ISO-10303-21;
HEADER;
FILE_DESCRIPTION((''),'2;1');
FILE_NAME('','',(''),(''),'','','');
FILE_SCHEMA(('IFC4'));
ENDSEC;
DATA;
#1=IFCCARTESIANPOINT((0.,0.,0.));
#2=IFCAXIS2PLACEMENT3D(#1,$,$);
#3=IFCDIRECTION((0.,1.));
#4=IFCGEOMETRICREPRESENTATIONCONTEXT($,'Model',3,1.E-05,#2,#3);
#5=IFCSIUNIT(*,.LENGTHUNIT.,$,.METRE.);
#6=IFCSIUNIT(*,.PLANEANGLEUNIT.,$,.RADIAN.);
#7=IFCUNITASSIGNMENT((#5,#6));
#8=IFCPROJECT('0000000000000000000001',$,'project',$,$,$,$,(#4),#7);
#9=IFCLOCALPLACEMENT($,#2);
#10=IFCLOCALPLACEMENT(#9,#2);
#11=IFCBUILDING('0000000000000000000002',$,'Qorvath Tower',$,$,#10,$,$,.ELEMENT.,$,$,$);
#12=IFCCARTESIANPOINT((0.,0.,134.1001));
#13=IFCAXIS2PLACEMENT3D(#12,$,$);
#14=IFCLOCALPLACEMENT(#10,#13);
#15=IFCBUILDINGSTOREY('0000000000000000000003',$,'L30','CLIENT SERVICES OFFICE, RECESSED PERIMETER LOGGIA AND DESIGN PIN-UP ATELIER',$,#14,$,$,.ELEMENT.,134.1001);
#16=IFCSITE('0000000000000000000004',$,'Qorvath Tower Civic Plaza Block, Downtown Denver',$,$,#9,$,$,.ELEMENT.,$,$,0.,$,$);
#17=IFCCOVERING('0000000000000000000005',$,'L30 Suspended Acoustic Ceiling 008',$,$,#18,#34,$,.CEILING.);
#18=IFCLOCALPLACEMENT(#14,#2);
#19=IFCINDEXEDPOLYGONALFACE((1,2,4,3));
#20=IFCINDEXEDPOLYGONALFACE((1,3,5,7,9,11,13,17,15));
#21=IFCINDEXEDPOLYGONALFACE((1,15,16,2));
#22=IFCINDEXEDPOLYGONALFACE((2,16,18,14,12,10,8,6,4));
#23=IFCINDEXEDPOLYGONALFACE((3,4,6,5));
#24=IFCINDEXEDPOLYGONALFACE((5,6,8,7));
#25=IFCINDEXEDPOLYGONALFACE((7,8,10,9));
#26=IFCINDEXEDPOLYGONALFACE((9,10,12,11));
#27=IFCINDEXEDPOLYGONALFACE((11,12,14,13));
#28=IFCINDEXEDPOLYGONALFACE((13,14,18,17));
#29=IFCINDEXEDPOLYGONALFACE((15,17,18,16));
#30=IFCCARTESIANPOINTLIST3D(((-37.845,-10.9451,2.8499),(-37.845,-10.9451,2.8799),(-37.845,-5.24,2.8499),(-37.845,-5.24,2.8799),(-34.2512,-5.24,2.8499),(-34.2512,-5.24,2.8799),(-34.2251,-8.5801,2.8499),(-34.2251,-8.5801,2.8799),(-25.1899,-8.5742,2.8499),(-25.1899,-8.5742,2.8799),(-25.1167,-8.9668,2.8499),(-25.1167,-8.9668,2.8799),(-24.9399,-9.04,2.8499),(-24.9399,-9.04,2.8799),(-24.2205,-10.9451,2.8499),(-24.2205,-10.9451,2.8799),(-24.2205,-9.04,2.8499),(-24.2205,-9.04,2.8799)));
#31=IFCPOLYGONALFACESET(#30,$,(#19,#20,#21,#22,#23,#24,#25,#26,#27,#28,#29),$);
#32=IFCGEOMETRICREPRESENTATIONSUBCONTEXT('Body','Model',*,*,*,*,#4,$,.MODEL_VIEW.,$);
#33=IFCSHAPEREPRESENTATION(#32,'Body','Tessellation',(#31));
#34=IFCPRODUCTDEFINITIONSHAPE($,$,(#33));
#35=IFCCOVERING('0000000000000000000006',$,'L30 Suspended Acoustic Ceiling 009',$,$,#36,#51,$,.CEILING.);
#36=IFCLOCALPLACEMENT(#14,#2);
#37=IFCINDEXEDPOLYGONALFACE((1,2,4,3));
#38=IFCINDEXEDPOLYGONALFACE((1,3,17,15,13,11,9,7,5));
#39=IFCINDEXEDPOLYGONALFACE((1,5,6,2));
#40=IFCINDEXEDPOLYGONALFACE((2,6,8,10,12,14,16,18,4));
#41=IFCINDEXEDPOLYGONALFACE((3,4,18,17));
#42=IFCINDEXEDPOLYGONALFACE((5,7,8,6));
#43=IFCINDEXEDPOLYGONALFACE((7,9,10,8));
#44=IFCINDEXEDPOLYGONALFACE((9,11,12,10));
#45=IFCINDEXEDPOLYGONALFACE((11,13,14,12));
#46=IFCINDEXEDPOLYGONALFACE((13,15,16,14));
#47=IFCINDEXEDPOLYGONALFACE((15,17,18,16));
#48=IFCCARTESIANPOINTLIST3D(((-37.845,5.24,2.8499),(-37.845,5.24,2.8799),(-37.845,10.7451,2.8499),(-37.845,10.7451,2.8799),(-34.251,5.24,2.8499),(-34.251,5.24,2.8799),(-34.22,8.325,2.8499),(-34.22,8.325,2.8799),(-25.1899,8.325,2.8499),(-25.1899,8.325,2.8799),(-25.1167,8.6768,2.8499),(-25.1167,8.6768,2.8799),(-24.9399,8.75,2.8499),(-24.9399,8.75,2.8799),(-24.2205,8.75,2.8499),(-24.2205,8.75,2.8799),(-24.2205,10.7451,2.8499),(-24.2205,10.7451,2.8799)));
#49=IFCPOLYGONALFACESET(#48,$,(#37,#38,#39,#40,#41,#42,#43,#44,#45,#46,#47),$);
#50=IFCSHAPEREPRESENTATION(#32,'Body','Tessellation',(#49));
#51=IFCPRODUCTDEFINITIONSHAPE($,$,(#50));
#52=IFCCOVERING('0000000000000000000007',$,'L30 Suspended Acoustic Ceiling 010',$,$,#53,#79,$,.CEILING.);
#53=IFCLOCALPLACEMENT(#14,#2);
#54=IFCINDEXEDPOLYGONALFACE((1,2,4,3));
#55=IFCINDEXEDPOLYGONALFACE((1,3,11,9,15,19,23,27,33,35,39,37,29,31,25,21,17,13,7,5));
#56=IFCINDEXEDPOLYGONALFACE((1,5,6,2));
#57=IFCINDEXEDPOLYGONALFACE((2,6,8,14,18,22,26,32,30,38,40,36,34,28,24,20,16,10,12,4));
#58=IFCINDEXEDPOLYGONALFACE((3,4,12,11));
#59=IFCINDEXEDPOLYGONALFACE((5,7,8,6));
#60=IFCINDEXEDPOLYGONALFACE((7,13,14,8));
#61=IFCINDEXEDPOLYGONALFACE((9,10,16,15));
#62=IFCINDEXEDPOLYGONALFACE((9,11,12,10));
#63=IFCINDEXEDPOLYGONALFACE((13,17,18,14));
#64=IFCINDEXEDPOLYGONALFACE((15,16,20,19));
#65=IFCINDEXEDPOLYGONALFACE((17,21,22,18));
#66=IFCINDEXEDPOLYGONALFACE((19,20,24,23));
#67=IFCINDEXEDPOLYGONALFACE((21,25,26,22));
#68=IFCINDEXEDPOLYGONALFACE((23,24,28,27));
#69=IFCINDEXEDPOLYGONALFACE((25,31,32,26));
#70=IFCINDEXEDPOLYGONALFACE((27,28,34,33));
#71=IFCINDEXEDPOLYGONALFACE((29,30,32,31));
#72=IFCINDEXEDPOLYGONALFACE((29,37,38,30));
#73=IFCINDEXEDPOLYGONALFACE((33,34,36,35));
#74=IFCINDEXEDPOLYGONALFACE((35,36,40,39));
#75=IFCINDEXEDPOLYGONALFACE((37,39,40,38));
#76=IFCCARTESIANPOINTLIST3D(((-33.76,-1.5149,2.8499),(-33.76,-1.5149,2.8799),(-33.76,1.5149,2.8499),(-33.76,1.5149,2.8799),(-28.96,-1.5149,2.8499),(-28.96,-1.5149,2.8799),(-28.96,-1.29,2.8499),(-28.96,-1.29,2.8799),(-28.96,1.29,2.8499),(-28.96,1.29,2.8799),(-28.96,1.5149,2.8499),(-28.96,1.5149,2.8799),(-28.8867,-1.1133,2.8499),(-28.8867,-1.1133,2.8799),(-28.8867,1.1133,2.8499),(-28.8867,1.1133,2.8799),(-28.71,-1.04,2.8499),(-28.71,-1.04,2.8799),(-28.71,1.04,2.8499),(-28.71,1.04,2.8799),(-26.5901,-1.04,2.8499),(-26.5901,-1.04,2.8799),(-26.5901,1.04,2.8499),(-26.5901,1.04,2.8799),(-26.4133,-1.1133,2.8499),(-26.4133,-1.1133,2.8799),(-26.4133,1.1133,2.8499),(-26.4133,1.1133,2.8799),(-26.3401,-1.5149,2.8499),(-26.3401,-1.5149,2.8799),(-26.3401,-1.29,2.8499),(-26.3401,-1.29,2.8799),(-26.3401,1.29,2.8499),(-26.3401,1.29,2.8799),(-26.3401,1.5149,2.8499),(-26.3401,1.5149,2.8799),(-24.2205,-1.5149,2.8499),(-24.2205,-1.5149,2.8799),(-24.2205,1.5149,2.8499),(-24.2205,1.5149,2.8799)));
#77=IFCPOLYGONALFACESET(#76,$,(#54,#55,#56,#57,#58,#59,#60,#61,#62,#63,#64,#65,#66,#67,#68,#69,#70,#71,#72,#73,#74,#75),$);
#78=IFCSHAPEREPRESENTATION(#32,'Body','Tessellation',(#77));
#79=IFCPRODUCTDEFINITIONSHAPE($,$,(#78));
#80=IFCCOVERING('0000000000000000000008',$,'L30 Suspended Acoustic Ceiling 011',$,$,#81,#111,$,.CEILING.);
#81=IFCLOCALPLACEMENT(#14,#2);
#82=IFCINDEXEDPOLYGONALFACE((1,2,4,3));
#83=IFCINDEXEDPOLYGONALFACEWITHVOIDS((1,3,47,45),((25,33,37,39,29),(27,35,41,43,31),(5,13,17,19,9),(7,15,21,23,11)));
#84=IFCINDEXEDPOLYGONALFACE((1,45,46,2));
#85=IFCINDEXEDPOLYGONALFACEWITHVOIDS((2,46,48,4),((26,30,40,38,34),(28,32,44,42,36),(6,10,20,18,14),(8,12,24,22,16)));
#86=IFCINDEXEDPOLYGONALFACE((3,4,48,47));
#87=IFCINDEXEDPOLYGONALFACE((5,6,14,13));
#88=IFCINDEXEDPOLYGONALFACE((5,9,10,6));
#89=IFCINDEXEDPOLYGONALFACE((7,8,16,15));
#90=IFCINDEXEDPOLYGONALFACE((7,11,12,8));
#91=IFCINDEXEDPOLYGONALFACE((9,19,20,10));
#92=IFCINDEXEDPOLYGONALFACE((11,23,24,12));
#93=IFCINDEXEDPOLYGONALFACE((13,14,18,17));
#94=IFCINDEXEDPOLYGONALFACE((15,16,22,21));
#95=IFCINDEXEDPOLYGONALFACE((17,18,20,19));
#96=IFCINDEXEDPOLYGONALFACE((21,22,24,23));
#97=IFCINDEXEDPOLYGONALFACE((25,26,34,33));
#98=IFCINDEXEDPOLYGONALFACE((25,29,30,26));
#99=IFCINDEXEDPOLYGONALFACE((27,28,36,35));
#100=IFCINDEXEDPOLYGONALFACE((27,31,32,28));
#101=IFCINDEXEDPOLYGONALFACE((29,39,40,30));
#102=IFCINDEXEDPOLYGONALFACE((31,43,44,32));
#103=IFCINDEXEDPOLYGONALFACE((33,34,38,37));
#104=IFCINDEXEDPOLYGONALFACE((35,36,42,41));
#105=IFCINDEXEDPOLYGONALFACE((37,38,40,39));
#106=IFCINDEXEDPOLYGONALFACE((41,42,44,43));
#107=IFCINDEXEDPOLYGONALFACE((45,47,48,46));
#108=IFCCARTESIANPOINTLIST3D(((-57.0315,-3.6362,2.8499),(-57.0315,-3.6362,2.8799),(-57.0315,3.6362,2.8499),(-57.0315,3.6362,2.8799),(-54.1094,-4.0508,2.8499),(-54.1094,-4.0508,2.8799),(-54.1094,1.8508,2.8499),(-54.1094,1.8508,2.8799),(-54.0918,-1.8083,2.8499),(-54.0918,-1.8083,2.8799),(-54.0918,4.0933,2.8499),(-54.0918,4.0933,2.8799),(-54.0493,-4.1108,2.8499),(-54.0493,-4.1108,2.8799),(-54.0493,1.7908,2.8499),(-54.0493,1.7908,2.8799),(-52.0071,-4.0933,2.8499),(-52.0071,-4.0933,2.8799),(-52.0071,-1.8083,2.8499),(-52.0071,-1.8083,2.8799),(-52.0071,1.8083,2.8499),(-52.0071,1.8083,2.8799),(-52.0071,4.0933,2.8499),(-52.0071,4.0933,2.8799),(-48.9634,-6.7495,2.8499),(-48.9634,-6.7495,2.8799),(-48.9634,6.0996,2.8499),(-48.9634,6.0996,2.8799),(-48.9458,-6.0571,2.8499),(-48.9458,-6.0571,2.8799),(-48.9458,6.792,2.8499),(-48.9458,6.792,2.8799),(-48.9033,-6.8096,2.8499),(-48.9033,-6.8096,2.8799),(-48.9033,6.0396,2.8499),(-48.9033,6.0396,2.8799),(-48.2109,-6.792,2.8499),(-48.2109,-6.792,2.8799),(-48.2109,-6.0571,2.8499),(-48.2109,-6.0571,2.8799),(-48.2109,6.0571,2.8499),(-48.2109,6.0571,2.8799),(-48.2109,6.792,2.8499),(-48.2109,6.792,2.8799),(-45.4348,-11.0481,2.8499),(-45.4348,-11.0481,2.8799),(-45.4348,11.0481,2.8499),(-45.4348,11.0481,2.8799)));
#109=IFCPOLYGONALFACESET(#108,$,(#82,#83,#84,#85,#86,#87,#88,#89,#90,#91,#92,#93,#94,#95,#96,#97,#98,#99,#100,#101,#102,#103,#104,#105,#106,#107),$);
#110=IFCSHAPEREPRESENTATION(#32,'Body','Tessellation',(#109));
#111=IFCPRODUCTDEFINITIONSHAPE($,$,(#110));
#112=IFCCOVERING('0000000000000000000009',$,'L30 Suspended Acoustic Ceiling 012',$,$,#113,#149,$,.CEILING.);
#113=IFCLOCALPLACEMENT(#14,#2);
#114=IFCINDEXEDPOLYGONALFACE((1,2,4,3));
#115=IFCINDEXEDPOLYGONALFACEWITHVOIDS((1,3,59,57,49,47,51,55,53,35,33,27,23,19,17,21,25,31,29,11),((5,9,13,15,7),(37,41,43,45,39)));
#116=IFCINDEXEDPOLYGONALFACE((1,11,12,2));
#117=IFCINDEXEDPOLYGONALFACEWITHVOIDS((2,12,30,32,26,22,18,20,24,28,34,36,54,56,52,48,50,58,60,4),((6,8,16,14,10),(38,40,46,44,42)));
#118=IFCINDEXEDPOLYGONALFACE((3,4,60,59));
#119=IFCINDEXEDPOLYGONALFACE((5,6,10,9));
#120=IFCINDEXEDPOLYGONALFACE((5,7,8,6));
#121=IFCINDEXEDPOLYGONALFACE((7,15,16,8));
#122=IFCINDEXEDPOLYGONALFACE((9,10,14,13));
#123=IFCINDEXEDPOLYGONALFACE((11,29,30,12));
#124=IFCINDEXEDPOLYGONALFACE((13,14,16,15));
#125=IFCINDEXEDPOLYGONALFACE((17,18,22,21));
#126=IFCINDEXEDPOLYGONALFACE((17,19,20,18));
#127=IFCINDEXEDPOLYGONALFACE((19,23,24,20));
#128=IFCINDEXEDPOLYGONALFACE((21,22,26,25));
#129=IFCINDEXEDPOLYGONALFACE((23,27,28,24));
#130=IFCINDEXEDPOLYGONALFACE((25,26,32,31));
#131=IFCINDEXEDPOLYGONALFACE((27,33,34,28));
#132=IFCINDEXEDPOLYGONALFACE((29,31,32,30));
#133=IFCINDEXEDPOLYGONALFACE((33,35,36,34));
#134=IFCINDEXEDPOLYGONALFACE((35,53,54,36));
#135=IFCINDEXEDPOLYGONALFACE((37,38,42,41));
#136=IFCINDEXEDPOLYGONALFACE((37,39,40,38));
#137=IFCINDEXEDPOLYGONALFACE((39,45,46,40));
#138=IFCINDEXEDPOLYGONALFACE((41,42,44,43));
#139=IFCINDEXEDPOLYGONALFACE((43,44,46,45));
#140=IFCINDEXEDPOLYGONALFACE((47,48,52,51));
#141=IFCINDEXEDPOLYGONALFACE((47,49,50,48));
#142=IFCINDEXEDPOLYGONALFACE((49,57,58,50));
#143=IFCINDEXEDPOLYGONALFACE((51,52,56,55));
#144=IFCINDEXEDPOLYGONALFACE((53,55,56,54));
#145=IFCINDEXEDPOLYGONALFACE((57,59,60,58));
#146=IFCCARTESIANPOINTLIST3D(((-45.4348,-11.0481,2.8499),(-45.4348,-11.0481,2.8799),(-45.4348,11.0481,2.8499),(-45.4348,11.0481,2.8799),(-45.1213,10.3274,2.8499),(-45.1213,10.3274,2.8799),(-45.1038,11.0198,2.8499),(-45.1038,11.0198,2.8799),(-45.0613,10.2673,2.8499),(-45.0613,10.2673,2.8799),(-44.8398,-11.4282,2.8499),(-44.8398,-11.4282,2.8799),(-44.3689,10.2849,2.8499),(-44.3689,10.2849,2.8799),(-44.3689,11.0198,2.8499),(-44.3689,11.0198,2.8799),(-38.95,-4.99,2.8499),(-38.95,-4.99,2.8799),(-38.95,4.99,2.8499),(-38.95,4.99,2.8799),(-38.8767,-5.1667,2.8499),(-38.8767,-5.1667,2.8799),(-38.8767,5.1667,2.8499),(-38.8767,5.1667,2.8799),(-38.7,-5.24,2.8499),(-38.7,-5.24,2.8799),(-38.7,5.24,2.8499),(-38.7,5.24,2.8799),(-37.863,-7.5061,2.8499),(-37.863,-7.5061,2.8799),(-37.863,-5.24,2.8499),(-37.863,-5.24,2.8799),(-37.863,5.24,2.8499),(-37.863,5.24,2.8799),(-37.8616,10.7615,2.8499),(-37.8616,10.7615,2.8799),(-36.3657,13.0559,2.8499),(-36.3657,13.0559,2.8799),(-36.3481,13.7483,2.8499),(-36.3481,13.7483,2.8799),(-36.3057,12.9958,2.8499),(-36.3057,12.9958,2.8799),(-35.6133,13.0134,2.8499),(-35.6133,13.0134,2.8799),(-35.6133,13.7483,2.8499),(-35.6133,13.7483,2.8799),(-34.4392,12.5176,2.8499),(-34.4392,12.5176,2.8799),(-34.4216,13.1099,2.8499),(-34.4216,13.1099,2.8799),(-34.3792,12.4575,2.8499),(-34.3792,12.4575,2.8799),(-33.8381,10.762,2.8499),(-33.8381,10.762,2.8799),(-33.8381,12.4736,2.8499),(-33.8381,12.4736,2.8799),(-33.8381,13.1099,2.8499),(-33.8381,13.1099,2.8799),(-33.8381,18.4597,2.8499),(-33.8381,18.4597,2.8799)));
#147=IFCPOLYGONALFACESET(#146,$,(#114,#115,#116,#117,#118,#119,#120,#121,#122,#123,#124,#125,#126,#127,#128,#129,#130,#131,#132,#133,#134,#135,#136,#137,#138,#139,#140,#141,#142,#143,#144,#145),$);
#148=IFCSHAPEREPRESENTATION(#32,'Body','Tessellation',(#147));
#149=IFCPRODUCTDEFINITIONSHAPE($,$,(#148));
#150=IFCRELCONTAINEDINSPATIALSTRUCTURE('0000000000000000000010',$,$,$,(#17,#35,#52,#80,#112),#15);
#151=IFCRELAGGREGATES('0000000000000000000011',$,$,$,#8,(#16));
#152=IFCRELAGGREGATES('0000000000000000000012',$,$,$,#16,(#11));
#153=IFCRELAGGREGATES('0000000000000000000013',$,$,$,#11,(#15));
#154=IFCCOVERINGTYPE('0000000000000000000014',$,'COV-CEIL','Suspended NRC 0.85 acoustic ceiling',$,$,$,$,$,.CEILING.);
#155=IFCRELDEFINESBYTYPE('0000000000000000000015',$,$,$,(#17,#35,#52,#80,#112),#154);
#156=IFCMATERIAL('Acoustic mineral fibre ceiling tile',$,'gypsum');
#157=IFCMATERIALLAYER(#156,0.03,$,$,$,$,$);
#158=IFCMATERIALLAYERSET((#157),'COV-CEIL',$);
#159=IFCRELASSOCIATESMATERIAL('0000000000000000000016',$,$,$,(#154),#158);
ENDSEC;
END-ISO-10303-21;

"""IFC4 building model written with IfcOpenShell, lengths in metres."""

from ifc_helpers import new_model, si_unit, direction, frame, origin, place, context, subcontext, project, spatial, polyline, outline, extrude, material, layer, layer_set, type_object, element, save


model = new_model("IFC4")

# Units and contexts
model_context = context("Model", 3, precision=1e-05, world=origin(), true_north=direction((0.0, 1.0)))
body_context = subcontext(model_context, "Body", "Model", "MODEL_VIEW")
ifc_project = project(units=[si_unit("LENGTHUNIT", "METRE"), si_unit("PLANEANGLEUNIT", "RADIAN")], contexts=[model_context])

# Site, building, storey
site_placement = place(None, origin())
site = spatial("IfcSite", under=ifc_project, at=site_placement, Name="Qorvath Tower Civic Plaza Block, Downtown Denver", CompositionType="ELEMENT", RefElevation=0.0)
building_placement = place(site_placement, origin())
building = spatial("IfcBuilding", under=site, at=building_placement, Name="Qorvath Tower", CompositionType="ELEMENT")
storey_placement = place(building_placement, frame((0.0, 0.0, 134.1001)))
storey = spatial("IfcBuildingStorey", under=building, at=storey_placement, Name="L30", Description="CLIENT SERVICES OFFICE, RECESSED PERIMETER LOGGIA AND DESIGN PIN-UP ATELIER", CompositionType="ELEMENT", Elevation=134.1001)

# Coverings
ifc_material_1 = material(Name="Acoustic mineral fibre ceiling tile", Category="gypsum")
ifc_layer_1 = layer(ifc_material_1, 0.03)
ifc_layer_set_1 = layer_set([ifc_layer_1], Name="COV-CEIL")
covering_type_1 = type_object("IfcCoveringType", Name="COV-CEIL", Description="Suspended NRC 0.85 acoustic ceiling", PredefinedType="CEILING", material=ifc_layer_set_1)
covering_1_placement = place(storey_placement, frame((0.0, 0.0, 2.8499)))
element("IfcCovering", 1, at=covering_1_placement, inside=storey, type_object=covering_type_1, Name="L30 Suspended Acoustic Ceiling 008", PredefinedType="CEILING", context=body_context, shape_type="SweptSolid", body=[
    extrude(outline(polyline([(-34.2251, -8.5801), (-34.2512, -5.24), (-37.845, -5.24), (-37.845, -10.9451), (-24.2205, -10.9451), (-24.2205, -9.04), (-24.9399, -9.04), (-25.1167, -8.9668), (-25.1899, -8.5742), (-34.2251, -8.5801)])), origin(), (0.0, 0.0, 1.0), 0.03),
])
covering_2_placement = place(storey_placement, frame((0.0, 0.0, 2.8499)))
element("IfcCovering", 2, at=covering_2_placement, inside=storey, type_object=covering_type_1, Name="L30 Suspended Acoustic Ceiling 009", PredefinedType="CEILING", context=body_context, shape_type="SweptSolid", body=[
    extrude(outline(polyline([(-24.2205, 8.75), (-24.2205, 10.7451), (-37.845, 10.7451), (-37.845, 5.24), (-34.251, 5.24), (-34.22, 8.325), (-25.1899, 8.325), (-25.1167, 8.6768), (-24.9399, 8.75), (-24.2205, 8.75)])), origin(), (0.0, 0.0, 1.0), 0.03),
])
covering_3_placement = place(storey_placement, frame((0.0, 0.0, 2.8499)))
element("IfcCovering", 3, at=covering_3_placement, inside=storey, type_object=covering_type_1, Name="L30 Suspended Acoustic Ceiling 010", PredefinedType="CEILING", context=body_context, shape_type="SweptSolid", body=[
    extrude(outline(polyline([(-24.2205, -1.5149), (-24.2205, 1.5149), (-26.3401, 1.5149), (-26.3401, 1.29), (-26.4133, 1.1133), (-26.5901, 1.04), (-28.71, 1.04), (-28.8867, 1.1133), (-28.96, 1.29), (-28.96, 1.5149), (-33.76, 1.5149), (-33.76, -1.5149), (-28.96, -1.5149), (-28.96, -1.29), (-28.8867, -1.1133), (-28.71, -1.04), (-26.5901, -1.04), (-26.4133, -1.1133), (-26.3401, -1.29), (-26.3401, -1.5149), (-24.2205, -1.5149)])), origin(), (0.0, 0.0, 1.0), 0.03),
])
covering_4_placement = place(storey_placement, frame((0.0, 0.0, 2.8499)))
element("IfcCovering", 4, at=covering_4_placement, inside=storey, type_object=covering_type_1, Name="L30 Suspended Acoustic Ceiling 011", PredefinedType="CEILING", context=body_context, shape_type="SweptSolid", body=[
    extrude(outline(polyline([(-57.0315, 3.6362), (-57.0315, -3.6362), (-45.4348, -11.0481), (-45.4348, 11.0481), (-57.0315, 3.6362)]), holes=[polyline([(-48.9634, -6.7495), (-48.9458, -6.0571), (-48.2109, -6.0571), (-48.2109, -6.792), (-48.9033, -6.8096), (-48.9634, -6.7495)]), polyline([(-48.9634, 6.0996), (-48.9458, 6.792), (-48.2109, 6.792), (-48.2109, 6.0571), (-48.9033, 6.0396), (-48.9634, 6.0996)]), polyline([(-54.1094, -4.0508), (-54.0918, -1.8083), (-52.0071, -1.8083), (-52.0071, -4.0933), (-54.0493, -4.1108), (-54.1094, -4.0508)]), polyline([(-54.1094, 1.8508), (-54.0918, 4.0933), (-52.0071, 4.0933), (-52.0071, 1.8083), (-54.0493, 1.7908), (-54.1094, 1.8508)])]), origin(), (0.0, 0.0, 1.0), 0.03),
])
covering_5_placement = place(storey_placement, frame((0.0, 0.0, 2.8499)))
element("IfcCovering", 5, at=covering_5_placement, inside=storey, type_object=covering_type_1, Name="L30 Suspended Acoustic Ceiling 012", PredefinedType="CEILING", context=body_context, shape_type="SweptSolid", body=[
    extrude(outline(polyline([(-45.4348, 11.0481), (-45.4348, -11.0481), (-44.8398, -11.4282), (-37.863, -7.5061), (-37.863, -5.24), (-38.7, -5.24), (-38.8767, -5.1667), (-38.95, -4.99), (-38.95, 4.99), (-38.8767, 5.1667), (-38.7, 5.24), (-37.863, 5.24), (-37.8616, 10.7615), (-33.8381, 10.762), (-33.8381, 12.4736), (-34.3792, 12.4575), (-34.4392, 12.5176), (-34.4216, 13.1099), (-33.8381, 13.1099), (-33.8381, 18.4597), (-45.4348, 11.0481)]), holes=[polyline([(-36.3657, 13.0559), (-36.3481, 13.7483), (-35.6133, 13.7483), (-35.6133, 13.0134), (-36.3057, 12.9958), (-36.3657, 13.0559)]), polyline([(-45.1213, 10.3274), (-45.1038, 11.0198), (-44.3689, 11.0198), (-44.3689, 10.2849), (-45.0613, 10.2673), (-45.1213, 10.3274)])]), origin(), (0.0, 0.0, 1.0), 0.03),
])

save(model, "model.ifc")
